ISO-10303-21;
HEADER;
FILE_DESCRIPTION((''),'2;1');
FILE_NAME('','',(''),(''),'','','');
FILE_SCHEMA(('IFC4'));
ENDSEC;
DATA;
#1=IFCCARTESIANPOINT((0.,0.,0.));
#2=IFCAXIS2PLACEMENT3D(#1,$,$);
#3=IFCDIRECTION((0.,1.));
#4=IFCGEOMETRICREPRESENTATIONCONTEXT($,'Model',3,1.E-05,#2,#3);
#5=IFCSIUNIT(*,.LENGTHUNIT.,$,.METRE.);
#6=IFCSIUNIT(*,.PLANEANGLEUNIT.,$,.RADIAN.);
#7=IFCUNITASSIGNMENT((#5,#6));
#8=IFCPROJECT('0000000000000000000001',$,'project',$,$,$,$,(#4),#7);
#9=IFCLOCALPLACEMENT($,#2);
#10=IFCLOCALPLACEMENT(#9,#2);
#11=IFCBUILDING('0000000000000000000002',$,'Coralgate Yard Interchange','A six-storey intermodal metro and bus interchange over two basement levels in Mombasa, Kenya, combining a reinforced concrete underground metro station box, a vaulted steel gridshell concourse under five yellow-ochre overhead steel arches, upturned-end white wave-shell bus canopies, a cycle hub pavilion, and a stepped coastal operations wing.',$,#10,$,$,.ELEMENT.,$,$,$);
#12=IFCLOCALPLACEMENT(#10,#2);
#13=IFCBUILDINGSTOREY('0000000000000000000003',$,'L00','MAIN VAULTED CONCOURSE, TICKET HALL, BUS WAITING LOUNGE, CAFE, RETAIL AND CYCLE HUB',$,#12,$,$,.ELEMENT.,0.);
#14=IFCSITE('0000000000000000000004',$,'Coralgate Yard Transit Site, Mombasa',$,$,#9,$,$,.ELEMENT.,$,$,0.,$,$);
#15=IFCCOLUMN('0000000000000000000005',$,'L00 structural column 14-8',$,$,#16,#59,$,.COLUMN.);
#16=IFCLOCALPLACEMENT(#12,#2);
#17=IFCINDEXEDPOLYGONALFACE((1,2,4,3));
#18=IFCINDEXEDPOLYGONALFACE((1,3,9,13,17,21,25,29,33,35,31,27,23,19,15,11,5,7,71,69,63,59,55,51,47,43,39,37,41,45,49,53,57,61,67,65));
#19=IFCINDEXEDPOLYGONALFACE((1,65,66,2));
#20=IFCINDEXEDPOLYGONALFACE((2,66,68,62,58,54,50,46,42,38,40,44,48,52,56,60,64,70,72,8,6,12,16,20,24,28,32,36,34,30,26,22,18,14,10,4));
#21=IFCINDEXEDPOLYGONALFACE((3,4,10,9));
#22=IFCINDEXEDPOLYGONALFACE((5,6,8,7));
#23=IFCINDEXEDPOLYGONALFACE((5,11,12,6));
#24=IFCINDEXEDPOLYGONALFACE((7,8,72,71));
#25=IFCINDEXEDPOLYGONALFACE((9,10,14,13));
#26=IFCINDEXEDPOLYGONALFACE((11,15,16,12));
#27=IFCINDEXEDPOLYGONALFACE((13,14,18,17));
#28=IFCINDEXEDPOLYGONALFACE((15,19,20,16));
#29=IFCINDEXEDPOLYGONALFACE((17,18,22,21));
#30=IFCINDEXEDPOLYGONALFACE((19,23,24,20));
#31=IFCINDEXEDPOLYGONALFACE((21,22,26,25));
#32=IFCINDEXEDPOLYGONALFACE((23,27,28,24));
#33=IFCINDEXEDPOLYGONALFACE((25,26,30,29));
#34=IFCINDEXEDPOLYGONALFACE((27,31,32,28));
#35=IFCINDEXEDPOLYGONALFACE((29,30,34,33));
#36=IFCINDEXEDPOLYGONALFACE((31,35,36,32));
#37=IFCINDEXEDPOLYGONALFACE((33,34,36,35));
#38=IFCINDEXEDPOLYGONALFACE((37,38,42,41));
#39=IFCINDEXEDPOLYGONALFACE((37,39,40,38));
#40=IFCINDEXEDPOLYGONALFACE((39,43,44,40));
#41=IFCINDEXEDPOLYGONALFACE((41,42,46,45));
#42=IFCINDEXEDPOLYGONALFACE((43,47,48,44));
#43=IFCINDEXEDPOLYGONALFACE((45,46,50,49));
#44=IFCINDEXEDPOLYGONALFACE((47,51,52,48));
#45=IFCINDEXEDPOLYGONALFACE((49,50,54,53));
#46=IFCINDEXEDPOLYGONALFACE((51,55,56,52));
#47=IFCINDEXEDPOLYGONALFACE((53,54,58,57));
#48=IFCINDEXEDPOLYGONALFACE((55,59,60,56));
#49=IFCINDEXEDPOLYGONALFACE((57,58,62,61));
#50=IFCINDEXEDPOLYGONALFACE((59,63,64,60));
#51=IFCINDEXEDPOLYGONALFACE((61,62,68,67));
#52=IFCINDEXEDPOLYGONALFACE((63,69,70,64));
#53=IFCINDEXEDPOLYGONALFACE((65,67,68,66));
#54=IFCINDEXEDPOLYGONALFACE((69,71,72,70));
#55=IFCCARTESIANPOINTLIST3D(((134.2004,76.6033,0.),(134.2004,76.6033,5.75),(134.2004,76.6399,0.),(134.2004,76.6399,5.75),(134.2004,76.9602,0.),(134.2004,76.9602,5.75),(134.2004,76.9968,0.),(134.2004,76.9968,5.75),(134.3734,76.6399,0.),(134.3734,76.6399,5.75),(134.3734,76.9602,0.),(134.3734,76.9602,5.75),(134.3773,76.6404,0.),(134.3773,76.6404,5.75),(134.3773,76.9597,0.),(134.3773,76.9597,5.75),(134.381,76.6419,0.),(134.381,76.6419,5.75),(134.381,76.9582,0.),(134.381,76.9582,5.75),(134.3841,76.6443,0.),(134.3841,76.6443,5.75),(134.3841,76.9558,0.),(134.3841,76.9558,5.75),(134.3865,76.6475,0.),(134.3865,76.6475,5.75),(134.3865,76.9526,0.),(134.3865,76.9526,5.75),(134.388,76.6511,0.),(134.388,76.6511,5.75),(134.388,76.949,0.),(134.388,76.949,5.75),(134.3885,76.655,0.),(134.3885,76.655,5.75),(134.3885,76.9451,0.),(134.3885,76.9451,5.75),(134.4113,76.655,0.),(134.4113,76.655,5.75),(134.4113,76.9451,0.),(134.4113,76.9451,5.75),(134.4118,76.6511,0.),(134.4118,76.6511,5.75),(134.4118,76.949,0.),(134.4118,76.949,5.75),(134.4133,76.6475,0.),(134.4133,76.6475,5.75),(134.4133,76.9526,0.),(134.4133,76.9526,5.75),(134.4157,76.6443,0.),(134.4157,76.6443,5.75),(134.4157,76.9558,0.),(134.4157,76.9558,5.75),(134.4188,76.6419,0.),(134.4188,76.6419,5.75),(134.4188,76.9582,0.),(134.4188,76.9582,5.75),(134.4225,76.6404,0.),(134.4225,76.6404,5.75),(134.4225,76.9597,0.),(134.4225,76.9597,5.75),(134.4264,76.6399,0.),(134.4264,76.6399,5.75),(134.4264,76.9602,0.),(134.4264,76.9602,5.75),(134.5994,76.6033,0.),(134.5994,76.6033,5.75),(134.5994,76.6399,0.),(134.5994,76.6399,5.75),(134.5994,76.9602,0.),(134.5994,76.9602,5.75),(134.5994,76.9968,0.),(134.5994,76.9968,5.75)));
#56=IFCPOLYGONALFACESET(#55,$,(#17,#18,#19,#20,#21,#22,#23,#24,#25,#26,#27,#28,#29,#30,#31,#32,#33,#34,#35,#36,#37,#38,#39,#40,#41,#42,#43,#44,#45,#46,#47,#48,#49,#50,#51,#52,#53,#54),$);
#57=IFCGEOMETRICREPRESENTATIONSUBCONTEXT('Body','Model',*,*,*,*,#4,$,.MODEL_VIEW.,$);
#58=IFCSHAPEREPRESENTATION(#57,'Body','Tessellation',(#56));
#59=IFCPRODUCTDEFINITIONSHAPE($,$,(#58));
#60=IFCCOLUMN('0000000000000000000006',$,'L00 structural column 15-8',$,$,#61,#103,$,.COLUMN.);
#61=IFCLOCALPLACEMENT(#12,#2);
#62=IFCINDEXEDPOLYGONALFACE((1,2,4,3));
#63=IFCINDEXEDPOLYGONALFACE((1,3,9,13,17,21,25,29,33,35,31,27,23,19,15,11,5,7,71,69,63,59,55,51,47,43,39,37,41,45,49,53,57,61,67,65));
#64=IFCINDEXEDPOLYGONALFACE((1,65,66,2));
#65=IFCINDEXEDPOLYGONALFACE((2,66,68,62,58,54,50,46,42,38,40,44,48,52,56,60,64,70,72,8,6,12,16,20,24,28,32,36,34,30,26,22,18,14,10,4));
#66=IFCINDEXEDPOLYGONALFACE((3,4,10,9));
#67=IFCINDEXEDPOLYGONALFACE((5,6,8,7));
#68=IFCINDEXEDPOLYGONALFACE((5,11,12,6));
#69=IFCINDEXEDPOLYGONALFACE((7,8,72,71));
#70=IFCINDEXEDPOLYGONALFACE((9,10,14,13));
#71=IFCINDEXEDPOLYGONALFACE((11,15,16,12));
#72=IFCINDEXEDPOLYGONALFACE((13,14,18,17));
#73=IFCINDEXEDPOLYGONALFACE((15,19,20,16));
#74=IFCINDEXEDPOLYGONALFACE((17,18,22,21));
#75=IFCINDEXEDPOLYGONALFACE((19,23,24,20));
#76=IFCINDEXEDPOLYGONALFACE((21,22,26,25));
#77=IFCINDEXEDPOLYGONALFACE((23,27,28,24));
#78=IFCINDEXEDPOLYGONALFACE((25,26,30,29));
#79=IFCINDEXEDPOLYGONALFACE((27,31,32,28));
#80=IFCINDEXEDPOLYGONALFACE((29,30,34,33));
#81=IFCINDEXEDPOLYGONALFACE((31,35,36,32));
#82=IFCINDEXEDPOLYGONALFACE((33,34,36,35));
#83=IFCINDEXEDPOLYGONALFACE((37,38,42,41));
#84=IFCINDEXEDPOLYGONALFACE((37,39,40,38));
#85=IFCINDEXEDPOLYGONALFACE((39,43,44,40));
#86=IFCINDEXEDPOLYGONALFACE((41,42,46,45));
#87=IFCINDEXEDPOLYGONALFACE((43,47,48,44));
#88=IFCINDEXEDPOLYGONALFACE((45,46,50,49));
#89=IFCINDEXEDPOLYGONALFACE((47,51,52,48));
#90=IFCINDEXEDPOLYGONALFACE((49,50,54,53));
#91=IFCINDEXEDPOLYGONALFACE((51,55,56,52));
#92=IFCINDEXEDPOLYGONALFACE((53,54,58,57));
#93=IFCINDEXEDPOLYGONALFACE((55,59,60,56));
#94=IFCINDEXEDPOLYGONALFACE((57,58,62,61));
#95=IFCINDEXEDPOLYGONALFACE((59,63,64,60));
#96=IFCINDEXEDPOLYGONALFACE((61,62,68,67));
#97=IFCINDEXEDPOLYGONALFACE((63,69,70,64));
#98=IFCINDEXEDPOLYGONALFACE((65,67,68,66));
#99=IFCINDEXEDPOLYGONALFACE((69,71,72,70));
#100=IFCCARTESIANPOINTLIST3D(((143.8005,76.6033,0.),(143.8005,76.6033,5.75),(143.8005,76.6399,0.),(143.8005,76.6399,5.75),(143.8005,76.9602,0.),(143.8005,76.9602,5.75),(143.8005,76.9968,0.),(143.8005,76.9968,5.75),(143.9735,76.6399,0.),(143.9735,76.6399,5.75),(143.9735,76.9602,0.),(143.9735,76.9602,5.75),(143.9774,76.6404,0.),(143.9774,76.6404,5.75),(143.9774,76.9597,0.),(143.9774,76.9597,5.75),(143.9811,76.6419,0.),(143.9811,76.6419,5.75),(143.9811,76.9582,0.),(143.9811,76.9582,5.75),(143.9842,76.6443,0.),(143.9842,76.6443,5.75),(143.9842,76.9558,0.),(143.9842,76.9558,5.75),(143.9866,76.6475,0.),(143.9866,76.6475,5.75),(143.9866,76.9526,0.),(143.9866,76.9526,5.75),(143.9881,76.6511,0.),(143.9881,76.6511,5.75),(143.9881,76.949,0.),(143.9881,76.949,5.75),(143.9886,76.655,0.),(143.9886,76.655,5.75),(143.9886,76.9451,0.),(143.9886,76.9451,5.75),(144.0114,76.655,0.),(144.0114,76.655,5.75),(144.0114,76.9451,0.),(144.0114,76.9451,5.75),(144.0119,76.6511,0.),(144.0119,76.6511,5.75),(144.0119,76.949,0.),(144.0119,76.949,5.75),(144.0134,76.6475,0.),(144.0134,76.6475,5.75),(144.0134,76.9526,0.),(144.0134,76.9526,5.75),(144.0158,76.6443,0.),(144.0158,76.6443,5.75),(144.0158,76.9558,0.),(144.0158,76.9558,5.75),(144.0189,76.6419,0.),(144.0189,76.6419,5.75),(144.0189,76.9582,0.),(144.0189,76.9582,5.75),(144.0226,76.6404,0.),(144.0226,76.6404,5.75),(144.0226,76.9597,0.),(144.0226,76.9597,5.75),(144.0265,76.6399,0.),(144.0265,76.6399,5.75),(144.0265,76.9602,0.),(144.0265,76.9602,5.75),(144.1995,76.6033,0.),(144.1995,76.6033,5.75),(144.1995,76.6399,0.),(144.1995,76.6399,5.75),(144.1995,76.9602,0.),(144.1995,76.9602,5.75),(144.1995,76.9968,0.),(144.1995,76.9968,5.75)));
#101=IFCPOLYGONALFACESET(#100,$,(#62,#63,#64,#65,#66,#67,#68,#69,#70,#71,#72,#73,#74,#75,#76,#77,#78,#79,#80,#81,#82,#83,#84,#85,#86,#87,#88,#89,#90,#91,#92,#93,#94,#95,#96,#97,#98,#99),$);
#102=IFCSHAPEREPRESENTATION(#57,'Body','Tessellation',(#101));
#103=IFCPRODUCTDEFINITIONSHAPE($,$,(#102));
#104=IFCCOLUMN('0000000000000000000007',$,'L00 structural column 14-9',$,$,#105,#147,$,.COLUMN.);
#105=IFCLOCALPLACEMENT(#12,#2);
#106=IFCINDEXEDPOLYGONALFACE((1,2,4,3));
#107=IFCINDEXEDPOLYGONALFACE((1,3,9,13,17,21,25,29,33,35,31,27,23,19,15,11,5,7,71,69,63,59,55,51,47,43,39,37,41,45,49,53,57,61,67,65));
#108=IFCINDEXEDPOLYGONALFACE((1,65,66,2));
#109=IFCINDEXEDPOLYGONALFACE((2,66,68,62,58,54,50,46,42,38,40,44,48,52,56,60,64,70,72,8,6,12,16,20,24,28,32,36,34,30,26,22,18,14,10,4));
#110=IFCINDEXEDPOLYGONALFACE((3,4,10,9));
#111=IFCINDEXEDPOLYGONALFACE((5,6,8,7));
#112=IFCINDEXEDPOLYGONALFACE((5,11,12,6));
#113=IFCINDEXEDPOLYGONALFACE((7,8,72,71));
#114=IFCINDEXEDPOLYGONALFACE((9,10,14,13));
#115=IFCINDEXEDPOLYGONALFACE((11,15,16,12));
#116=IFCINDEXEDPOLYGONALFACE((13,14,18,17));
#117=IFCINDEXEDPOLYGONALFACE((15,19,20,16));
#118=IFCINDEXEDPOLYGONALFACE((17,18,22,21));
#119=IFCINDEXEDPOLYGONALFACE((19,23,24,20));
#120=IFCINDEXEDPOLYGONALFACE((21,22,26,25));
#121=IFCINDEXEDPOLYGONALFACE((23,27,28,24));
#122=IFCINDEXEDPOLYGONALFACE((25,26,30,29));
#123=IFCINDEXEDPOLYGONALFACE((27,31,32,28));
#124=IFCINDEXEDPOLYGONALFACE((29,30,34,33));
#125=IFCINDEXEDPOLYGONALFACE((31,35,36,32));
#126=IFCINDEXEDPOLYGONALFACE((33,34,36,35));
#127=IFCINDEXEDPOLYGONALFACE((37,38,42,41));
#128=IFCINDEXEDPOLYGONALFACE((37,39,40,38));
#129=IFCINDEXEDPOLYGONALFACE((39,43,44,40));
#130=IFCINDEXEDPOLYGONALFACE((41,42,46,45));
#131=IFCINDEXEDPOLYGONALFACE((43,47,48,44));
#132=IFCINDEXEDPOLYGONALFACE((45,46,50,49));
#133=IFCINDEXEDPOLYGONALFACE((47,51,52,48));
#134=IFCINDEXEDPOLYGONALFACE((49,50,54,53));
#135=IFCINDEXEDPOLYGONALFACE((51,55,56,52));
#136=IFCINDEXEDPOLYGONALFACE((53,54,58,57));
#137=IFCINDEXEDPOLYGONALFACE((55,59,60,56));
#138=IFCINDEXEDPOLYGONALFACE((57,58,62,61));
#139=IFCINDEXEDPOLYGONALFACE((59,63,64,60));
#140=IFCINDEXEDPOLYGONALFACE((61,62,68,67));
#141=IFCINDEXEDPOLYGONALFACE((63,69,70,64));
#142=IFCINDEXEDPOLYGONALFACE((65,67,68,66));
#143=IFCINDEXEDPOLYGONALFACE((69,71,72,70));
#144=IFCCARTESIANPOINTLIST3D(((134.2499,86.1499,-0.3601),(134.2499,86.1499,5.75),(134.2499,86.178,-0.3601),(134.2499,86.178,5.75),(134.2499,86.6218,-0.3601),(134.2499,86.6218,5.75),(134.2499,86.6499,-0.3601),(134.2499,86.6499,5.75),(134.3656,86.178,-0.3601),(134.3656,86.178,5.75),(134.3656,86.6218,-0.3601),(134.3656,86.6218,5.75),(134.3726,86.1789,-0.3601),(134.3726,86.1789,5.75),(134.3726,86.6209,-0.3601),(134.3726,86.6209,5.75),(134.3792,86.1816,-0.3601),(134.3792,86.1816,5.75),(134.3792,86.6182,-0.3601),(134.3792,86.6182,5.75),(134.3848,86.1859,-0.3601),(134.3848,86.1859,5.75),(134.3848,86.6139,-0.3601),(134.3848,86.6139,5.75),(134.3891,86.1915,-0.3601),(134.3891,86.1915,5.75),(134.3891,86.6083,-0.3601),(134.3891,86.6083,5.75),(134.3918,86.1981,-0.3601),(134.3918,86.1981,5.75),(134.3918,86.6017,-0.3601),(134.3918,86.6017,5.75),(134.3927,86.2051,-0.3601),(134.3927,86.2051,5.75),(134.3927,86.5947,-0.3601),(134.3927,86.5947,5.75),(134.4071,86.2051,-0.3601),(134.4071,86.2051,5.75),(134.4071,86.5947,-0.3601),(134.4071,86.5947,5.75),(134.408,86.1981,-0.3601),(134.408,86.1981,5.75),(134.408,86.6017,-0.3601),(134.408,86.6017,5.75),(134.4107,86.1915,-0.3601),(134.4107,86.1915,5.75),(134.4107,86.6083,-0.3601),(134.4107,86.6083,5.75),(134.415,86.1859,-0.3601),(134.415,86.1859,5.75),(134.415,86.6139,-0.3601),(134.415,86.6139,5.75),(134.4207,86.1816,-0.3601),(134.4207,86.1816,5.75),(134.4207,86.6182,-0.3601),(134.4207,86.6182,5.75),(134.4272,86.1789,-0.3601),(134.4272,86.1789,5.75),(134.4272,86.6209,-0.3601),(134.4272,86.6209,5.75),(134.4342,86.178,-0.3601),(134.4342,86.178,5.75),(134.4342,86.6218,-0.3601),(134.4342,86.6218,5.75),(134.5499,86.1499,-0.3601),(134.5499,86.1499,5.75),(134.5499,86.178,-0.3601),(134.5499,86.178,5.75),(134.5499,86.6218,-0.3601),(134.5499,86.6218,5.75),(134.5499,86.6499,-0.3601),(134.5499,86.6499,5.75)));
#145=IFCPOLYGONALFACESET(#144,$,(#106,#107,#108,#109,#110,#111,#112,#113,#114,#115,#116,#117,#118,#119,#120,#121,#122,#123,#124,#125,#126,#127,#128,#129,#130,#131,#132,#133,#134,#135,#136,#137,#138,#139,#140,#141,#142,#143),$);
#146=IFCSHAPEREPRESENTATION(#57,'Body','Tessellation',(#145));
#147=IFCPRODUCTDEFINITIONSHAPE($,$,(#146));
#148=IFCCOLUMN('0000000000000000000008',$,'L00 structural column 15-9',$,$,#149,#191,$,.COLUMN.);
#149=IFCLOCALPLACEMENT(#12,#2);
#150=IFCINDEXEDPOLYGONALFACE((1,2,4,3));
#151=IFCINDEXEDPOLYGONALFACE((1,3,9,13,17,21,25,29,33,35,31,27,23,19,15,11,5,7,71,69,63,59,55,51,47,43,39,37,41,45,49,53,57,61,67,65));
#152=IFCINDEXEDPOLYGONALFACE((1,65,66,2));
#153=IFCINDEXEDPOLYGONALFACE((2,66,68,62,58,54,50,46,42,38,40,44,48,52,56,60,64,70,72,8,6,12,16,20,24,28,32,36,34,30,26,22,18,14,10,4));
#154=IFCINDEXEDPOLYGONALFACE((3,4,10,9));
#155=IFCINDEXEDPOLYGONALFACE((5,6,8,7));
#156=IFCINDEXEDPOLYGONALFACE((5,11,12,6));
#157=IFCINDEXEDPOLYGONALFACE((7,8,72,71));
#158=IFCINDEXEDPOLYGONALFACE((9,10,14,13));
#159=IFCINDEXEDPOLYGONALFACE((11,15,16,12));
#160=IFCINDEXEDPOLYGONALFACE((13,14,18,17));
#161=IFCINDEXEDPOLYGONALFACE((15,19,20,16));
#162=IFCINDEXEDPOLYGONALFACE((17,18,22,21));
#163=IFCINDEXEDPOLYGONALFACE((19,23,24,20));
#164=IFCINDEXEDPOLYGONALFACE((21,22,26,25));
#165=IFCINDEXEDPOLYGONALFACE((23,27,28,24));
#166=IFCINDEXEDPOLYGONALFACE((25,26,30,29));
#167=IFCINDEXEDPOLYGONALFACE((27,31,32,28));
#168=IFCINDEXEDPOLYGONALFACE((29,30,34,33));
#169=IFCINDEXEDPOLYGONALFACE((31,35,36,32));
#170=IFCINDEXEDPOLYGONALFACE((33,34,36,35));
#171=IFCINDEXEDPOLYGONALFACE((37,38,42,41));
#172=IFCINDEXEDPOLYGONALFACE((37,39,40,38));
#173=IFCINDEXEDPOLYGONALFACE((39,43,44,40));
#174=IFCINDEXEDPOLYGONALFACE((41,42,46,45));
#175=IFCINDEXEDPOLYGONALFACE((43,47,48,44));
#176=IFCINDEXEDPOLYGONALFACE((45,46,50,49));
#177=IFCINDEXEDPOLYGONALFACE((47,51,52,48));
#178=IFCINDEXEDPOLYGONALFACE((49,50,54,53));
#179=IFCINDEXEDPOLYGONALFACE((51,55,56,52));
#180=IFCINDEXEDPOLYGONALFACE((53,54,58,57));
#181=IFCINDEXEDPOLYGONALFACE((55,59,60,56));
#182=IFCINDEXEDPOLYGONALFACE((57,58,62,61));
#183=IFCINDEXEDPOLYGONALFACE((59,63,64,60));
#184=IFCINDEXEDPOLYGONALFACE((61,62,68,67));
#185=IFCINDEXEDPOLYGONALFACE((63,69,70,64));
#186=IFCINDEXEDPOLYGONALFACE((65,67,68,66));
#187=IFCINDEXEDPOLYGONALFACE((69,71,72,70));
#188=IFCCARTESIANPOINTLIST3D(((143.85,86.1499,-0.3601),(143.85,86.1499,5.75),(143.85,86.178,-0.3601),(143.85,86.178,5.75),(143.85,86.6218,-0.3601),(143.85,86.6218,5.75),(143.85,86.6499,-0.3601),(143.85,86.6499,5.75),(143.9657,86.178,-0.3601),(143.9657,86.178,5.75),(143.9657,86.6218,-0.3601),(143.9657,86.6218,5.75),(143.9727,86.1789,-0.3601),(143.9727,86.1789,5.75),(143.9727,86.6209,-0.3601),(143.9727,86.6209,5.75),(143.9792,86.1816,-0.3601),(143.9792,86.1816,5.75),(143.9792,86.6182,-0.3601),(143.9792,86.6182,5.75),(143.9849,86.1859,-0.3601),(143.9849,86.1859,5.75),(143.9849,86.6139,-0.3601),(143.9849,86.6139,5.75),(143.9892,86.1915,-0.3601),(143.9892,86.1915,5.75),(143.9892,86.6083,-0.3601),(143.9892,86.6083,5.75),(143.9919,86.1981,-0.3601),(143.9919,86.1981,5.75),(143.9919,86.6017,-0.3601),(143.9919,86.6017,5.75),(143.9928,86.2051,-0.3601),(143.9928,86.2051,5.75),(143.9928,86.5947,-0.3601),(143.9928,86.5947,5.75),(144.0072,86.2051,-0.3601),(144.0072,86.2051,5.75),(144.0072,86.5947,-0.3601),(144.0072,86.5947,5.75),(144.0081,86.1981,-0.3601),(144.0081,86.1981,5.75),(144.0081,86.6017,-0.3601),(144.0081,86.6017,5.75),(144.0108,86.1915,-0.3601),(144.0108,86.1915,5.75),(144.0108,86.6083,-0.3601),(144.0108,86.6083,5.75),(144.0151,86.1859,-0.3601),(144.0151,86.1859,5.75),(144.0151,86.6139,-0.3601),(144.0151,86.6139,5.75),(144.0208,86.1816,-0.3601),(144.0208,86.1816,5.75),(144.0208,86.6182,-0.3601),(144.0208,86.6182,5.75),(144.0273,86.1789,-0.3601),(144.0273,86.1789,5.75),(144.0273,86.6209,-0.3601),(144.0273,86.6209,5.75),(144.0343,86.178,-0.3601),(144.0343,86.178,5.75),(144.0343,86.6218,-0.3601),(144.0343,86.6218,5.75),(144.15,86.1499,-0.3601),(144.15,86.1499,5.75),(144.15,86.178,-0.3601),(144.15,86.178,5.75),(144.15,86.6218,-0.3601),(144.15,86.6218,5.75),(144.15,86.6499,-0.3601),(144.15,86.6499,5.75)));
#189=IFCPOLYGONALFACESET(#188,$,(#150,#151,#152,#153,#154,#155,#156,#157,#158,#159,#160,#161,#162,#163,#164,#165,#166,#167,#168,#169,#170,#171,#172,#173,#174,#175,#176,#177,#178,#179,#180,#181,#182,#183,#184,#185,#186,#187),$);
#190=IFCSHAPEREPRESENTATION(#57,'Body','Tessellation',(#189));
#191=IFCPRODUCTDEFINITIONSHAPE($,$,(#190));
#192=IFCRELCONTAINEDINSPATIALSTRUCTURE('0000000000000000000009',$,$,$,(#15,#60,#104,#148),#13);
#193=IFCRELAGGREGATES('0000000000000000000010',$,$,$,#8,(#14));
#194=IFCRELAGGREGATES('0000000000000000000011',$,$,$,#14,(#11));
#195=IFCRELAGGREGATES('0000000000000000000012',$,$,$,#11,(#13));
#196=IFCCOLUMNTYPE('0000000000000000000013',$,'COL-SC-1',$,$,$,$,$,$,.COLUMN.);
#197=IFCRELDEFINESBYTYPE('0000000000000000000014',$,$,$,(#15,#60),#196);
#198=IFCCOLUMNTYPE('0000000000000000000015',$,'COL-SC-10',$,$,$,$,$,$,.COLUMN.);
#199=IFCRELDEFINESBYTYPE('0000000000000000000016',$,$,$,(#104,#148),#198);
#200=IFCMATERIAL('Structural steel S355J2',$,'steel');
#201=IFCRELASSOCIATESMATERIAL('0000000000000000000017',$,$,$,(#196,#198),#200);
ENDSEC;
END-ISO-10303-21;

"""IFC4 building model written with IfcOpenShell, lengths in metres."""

from ifc_helpers import new_model, si_unit, direction, frame, origin, origin_2d, place, context, subcontext, project, spatial, i_section, extrude, material, material_profile, profile_set, type_object, element, save


model = new_model("IFC4")

# Units and contexts
model_context = context("Model", 3, precision=1e-05, world=origin(), true_north=direction((0.0, 1.0)))
body_context = subcontext(model_context, "Body", "Model", "MODEL_VIEW")
ifc_project = project(units=[si_unit("LENGTHUNIT", "METRE"), si_unit("PLANEANGLEUNIT", "RADIAN")], contexts=[model_context])

# Site, building, storey
site_placement = place(None, origin())
site = spatial("IfcSite", under=ifc_project, at=site_placement, Name="Coralgate Yard Transit Site, Mombasa", CompositionType="ELEMENT", RefElevation=0.0)
building_placement = place(site_placement, origin())
building = spatial("IfcBuilding", under=site, at=building_placement, Name="Coralgate Yard Interchange", Description="A six-storey intermodal metro and bus interchange over two basement levels in Mombasa, Kenya, combining a reinforced concrete underground metro station box, a vaulted steel gridshell concourse under five yellow-ochre overhead steel arches, upturned-end white wave-shell bus canopies, a cycle hub pavilion, and a stepped coastal operations wing.", CompositionType="ELEMENT")
storey_placement = place(building_placement, origin())
storey = spatial("IfcBuildingStorey", under=building, at=storey_placement, Name="L00", Description="MAIN VAULTED CONCOURSE, TICKET HALL, BUS WAITING LOUNGE, CAFE, RETAIL AND CYCLE HUB", CompositionType="ELEMENT", Elevation=0.0)

# Columns
ifc_material_1 = material(Name="Structural steel S355J2", Category="steel")
ifc_material_profile_1 = material_profile(ifc_material_1, i_section(OverallWidth=0.3989, OverallDepth=0.3936, WebThickness=0.0227, FlangeThickness=0.0366, FilletRadius=0.0151, at=origin_2d()), Name="UC 356x406x287")
ifc_profile_set_1 = profile_set([ifc_material_profile_1], Name="Structural steel S355J2")
column_type_1 = type_object("IfcColumnType", Name="COL-SC-1", PredefinedType="COLUMN", material=ifc_profile_set_1)
for number, where, z_axis, x_axis, name in (
    (1, (134.3999, 76.8, 0.0), (0.0, 0.0, 1.0), (1.0, 0.0, 0.0), "L00 structural column 14-8"),
    (2, (144.0, 76.8, 0.0), (0.0, 0.0, 1.0), (1.0, 0.0, 0.0), "L00 structural column 15-8"),
):
    element("IfcColumn", number, at=place(storey_placement, frame(where, z_axis=z_axis, x_axis=x_axis)), inside=storey, type_object=column_type_1, Name=name, PredefinedType="COLUMN", context=body_context, shape_type="SweptSolid", body=[
        extrude(i_section(OverallWidth=0.3989, OverallDepth=0.3936, WebThickness=0.0227, FlangeThickness=0.0366, FilletRadius=0.0151, at=origin_2d()), origin(), (0.0, 0.0, 1.0), 5.75),
    ])
ifc_material_profile_2 = material_profile(ifc_material_1, i_section(OverallWidth=0.3, OverallDepth=0.5, WebThickness=0.0144, FlangeThickness=0.0281, FilletRadius=0.0271, at=origin_2d()), Name="HEB 500")
ifc_profile_set_2 = profile_set([ifc_material_profile_2], Name="Structural steel S355J2")
column_type_2 = type_object("IfcColumnType", Name="COL-SC-10", PredefinedType="COLUMN", material=ifc_profile_set_2)
for number, where, z_axis, x_axis, name in (
    (3, (134.3999, 86.3999, -0.3601), (0.0, 0.0, 1.0), (1.0, 0.0, 0.0), "L00 structural column 14-9"),
    (4, (144.0, 86.3999, -0.3601), (0.0, 0.0, 1.0), (1.0, 0.0, 0.0), "L00 structural column 15-9"),
):
    element("IfcColumn", number, at=place(storey_placement, frame(where, z_axis=z_axis, x_axis=x_axis)), inside=storey, type_object=column_type_2, Name=name, PredefinedType="COLUMN", context=body_context, shape_type="SweptSolid", body=[
        extrude(i_section(OverallWidth=0.3, OverallDepth=0.5, WebThickness=0.0144, FlangeThickness=0.0281, FilletRadius=0.0271, at=origin_2d()), origin(), (0.0, 0.0, 1.0), 6.1101),
    ])

save(model, "model.ifc")
